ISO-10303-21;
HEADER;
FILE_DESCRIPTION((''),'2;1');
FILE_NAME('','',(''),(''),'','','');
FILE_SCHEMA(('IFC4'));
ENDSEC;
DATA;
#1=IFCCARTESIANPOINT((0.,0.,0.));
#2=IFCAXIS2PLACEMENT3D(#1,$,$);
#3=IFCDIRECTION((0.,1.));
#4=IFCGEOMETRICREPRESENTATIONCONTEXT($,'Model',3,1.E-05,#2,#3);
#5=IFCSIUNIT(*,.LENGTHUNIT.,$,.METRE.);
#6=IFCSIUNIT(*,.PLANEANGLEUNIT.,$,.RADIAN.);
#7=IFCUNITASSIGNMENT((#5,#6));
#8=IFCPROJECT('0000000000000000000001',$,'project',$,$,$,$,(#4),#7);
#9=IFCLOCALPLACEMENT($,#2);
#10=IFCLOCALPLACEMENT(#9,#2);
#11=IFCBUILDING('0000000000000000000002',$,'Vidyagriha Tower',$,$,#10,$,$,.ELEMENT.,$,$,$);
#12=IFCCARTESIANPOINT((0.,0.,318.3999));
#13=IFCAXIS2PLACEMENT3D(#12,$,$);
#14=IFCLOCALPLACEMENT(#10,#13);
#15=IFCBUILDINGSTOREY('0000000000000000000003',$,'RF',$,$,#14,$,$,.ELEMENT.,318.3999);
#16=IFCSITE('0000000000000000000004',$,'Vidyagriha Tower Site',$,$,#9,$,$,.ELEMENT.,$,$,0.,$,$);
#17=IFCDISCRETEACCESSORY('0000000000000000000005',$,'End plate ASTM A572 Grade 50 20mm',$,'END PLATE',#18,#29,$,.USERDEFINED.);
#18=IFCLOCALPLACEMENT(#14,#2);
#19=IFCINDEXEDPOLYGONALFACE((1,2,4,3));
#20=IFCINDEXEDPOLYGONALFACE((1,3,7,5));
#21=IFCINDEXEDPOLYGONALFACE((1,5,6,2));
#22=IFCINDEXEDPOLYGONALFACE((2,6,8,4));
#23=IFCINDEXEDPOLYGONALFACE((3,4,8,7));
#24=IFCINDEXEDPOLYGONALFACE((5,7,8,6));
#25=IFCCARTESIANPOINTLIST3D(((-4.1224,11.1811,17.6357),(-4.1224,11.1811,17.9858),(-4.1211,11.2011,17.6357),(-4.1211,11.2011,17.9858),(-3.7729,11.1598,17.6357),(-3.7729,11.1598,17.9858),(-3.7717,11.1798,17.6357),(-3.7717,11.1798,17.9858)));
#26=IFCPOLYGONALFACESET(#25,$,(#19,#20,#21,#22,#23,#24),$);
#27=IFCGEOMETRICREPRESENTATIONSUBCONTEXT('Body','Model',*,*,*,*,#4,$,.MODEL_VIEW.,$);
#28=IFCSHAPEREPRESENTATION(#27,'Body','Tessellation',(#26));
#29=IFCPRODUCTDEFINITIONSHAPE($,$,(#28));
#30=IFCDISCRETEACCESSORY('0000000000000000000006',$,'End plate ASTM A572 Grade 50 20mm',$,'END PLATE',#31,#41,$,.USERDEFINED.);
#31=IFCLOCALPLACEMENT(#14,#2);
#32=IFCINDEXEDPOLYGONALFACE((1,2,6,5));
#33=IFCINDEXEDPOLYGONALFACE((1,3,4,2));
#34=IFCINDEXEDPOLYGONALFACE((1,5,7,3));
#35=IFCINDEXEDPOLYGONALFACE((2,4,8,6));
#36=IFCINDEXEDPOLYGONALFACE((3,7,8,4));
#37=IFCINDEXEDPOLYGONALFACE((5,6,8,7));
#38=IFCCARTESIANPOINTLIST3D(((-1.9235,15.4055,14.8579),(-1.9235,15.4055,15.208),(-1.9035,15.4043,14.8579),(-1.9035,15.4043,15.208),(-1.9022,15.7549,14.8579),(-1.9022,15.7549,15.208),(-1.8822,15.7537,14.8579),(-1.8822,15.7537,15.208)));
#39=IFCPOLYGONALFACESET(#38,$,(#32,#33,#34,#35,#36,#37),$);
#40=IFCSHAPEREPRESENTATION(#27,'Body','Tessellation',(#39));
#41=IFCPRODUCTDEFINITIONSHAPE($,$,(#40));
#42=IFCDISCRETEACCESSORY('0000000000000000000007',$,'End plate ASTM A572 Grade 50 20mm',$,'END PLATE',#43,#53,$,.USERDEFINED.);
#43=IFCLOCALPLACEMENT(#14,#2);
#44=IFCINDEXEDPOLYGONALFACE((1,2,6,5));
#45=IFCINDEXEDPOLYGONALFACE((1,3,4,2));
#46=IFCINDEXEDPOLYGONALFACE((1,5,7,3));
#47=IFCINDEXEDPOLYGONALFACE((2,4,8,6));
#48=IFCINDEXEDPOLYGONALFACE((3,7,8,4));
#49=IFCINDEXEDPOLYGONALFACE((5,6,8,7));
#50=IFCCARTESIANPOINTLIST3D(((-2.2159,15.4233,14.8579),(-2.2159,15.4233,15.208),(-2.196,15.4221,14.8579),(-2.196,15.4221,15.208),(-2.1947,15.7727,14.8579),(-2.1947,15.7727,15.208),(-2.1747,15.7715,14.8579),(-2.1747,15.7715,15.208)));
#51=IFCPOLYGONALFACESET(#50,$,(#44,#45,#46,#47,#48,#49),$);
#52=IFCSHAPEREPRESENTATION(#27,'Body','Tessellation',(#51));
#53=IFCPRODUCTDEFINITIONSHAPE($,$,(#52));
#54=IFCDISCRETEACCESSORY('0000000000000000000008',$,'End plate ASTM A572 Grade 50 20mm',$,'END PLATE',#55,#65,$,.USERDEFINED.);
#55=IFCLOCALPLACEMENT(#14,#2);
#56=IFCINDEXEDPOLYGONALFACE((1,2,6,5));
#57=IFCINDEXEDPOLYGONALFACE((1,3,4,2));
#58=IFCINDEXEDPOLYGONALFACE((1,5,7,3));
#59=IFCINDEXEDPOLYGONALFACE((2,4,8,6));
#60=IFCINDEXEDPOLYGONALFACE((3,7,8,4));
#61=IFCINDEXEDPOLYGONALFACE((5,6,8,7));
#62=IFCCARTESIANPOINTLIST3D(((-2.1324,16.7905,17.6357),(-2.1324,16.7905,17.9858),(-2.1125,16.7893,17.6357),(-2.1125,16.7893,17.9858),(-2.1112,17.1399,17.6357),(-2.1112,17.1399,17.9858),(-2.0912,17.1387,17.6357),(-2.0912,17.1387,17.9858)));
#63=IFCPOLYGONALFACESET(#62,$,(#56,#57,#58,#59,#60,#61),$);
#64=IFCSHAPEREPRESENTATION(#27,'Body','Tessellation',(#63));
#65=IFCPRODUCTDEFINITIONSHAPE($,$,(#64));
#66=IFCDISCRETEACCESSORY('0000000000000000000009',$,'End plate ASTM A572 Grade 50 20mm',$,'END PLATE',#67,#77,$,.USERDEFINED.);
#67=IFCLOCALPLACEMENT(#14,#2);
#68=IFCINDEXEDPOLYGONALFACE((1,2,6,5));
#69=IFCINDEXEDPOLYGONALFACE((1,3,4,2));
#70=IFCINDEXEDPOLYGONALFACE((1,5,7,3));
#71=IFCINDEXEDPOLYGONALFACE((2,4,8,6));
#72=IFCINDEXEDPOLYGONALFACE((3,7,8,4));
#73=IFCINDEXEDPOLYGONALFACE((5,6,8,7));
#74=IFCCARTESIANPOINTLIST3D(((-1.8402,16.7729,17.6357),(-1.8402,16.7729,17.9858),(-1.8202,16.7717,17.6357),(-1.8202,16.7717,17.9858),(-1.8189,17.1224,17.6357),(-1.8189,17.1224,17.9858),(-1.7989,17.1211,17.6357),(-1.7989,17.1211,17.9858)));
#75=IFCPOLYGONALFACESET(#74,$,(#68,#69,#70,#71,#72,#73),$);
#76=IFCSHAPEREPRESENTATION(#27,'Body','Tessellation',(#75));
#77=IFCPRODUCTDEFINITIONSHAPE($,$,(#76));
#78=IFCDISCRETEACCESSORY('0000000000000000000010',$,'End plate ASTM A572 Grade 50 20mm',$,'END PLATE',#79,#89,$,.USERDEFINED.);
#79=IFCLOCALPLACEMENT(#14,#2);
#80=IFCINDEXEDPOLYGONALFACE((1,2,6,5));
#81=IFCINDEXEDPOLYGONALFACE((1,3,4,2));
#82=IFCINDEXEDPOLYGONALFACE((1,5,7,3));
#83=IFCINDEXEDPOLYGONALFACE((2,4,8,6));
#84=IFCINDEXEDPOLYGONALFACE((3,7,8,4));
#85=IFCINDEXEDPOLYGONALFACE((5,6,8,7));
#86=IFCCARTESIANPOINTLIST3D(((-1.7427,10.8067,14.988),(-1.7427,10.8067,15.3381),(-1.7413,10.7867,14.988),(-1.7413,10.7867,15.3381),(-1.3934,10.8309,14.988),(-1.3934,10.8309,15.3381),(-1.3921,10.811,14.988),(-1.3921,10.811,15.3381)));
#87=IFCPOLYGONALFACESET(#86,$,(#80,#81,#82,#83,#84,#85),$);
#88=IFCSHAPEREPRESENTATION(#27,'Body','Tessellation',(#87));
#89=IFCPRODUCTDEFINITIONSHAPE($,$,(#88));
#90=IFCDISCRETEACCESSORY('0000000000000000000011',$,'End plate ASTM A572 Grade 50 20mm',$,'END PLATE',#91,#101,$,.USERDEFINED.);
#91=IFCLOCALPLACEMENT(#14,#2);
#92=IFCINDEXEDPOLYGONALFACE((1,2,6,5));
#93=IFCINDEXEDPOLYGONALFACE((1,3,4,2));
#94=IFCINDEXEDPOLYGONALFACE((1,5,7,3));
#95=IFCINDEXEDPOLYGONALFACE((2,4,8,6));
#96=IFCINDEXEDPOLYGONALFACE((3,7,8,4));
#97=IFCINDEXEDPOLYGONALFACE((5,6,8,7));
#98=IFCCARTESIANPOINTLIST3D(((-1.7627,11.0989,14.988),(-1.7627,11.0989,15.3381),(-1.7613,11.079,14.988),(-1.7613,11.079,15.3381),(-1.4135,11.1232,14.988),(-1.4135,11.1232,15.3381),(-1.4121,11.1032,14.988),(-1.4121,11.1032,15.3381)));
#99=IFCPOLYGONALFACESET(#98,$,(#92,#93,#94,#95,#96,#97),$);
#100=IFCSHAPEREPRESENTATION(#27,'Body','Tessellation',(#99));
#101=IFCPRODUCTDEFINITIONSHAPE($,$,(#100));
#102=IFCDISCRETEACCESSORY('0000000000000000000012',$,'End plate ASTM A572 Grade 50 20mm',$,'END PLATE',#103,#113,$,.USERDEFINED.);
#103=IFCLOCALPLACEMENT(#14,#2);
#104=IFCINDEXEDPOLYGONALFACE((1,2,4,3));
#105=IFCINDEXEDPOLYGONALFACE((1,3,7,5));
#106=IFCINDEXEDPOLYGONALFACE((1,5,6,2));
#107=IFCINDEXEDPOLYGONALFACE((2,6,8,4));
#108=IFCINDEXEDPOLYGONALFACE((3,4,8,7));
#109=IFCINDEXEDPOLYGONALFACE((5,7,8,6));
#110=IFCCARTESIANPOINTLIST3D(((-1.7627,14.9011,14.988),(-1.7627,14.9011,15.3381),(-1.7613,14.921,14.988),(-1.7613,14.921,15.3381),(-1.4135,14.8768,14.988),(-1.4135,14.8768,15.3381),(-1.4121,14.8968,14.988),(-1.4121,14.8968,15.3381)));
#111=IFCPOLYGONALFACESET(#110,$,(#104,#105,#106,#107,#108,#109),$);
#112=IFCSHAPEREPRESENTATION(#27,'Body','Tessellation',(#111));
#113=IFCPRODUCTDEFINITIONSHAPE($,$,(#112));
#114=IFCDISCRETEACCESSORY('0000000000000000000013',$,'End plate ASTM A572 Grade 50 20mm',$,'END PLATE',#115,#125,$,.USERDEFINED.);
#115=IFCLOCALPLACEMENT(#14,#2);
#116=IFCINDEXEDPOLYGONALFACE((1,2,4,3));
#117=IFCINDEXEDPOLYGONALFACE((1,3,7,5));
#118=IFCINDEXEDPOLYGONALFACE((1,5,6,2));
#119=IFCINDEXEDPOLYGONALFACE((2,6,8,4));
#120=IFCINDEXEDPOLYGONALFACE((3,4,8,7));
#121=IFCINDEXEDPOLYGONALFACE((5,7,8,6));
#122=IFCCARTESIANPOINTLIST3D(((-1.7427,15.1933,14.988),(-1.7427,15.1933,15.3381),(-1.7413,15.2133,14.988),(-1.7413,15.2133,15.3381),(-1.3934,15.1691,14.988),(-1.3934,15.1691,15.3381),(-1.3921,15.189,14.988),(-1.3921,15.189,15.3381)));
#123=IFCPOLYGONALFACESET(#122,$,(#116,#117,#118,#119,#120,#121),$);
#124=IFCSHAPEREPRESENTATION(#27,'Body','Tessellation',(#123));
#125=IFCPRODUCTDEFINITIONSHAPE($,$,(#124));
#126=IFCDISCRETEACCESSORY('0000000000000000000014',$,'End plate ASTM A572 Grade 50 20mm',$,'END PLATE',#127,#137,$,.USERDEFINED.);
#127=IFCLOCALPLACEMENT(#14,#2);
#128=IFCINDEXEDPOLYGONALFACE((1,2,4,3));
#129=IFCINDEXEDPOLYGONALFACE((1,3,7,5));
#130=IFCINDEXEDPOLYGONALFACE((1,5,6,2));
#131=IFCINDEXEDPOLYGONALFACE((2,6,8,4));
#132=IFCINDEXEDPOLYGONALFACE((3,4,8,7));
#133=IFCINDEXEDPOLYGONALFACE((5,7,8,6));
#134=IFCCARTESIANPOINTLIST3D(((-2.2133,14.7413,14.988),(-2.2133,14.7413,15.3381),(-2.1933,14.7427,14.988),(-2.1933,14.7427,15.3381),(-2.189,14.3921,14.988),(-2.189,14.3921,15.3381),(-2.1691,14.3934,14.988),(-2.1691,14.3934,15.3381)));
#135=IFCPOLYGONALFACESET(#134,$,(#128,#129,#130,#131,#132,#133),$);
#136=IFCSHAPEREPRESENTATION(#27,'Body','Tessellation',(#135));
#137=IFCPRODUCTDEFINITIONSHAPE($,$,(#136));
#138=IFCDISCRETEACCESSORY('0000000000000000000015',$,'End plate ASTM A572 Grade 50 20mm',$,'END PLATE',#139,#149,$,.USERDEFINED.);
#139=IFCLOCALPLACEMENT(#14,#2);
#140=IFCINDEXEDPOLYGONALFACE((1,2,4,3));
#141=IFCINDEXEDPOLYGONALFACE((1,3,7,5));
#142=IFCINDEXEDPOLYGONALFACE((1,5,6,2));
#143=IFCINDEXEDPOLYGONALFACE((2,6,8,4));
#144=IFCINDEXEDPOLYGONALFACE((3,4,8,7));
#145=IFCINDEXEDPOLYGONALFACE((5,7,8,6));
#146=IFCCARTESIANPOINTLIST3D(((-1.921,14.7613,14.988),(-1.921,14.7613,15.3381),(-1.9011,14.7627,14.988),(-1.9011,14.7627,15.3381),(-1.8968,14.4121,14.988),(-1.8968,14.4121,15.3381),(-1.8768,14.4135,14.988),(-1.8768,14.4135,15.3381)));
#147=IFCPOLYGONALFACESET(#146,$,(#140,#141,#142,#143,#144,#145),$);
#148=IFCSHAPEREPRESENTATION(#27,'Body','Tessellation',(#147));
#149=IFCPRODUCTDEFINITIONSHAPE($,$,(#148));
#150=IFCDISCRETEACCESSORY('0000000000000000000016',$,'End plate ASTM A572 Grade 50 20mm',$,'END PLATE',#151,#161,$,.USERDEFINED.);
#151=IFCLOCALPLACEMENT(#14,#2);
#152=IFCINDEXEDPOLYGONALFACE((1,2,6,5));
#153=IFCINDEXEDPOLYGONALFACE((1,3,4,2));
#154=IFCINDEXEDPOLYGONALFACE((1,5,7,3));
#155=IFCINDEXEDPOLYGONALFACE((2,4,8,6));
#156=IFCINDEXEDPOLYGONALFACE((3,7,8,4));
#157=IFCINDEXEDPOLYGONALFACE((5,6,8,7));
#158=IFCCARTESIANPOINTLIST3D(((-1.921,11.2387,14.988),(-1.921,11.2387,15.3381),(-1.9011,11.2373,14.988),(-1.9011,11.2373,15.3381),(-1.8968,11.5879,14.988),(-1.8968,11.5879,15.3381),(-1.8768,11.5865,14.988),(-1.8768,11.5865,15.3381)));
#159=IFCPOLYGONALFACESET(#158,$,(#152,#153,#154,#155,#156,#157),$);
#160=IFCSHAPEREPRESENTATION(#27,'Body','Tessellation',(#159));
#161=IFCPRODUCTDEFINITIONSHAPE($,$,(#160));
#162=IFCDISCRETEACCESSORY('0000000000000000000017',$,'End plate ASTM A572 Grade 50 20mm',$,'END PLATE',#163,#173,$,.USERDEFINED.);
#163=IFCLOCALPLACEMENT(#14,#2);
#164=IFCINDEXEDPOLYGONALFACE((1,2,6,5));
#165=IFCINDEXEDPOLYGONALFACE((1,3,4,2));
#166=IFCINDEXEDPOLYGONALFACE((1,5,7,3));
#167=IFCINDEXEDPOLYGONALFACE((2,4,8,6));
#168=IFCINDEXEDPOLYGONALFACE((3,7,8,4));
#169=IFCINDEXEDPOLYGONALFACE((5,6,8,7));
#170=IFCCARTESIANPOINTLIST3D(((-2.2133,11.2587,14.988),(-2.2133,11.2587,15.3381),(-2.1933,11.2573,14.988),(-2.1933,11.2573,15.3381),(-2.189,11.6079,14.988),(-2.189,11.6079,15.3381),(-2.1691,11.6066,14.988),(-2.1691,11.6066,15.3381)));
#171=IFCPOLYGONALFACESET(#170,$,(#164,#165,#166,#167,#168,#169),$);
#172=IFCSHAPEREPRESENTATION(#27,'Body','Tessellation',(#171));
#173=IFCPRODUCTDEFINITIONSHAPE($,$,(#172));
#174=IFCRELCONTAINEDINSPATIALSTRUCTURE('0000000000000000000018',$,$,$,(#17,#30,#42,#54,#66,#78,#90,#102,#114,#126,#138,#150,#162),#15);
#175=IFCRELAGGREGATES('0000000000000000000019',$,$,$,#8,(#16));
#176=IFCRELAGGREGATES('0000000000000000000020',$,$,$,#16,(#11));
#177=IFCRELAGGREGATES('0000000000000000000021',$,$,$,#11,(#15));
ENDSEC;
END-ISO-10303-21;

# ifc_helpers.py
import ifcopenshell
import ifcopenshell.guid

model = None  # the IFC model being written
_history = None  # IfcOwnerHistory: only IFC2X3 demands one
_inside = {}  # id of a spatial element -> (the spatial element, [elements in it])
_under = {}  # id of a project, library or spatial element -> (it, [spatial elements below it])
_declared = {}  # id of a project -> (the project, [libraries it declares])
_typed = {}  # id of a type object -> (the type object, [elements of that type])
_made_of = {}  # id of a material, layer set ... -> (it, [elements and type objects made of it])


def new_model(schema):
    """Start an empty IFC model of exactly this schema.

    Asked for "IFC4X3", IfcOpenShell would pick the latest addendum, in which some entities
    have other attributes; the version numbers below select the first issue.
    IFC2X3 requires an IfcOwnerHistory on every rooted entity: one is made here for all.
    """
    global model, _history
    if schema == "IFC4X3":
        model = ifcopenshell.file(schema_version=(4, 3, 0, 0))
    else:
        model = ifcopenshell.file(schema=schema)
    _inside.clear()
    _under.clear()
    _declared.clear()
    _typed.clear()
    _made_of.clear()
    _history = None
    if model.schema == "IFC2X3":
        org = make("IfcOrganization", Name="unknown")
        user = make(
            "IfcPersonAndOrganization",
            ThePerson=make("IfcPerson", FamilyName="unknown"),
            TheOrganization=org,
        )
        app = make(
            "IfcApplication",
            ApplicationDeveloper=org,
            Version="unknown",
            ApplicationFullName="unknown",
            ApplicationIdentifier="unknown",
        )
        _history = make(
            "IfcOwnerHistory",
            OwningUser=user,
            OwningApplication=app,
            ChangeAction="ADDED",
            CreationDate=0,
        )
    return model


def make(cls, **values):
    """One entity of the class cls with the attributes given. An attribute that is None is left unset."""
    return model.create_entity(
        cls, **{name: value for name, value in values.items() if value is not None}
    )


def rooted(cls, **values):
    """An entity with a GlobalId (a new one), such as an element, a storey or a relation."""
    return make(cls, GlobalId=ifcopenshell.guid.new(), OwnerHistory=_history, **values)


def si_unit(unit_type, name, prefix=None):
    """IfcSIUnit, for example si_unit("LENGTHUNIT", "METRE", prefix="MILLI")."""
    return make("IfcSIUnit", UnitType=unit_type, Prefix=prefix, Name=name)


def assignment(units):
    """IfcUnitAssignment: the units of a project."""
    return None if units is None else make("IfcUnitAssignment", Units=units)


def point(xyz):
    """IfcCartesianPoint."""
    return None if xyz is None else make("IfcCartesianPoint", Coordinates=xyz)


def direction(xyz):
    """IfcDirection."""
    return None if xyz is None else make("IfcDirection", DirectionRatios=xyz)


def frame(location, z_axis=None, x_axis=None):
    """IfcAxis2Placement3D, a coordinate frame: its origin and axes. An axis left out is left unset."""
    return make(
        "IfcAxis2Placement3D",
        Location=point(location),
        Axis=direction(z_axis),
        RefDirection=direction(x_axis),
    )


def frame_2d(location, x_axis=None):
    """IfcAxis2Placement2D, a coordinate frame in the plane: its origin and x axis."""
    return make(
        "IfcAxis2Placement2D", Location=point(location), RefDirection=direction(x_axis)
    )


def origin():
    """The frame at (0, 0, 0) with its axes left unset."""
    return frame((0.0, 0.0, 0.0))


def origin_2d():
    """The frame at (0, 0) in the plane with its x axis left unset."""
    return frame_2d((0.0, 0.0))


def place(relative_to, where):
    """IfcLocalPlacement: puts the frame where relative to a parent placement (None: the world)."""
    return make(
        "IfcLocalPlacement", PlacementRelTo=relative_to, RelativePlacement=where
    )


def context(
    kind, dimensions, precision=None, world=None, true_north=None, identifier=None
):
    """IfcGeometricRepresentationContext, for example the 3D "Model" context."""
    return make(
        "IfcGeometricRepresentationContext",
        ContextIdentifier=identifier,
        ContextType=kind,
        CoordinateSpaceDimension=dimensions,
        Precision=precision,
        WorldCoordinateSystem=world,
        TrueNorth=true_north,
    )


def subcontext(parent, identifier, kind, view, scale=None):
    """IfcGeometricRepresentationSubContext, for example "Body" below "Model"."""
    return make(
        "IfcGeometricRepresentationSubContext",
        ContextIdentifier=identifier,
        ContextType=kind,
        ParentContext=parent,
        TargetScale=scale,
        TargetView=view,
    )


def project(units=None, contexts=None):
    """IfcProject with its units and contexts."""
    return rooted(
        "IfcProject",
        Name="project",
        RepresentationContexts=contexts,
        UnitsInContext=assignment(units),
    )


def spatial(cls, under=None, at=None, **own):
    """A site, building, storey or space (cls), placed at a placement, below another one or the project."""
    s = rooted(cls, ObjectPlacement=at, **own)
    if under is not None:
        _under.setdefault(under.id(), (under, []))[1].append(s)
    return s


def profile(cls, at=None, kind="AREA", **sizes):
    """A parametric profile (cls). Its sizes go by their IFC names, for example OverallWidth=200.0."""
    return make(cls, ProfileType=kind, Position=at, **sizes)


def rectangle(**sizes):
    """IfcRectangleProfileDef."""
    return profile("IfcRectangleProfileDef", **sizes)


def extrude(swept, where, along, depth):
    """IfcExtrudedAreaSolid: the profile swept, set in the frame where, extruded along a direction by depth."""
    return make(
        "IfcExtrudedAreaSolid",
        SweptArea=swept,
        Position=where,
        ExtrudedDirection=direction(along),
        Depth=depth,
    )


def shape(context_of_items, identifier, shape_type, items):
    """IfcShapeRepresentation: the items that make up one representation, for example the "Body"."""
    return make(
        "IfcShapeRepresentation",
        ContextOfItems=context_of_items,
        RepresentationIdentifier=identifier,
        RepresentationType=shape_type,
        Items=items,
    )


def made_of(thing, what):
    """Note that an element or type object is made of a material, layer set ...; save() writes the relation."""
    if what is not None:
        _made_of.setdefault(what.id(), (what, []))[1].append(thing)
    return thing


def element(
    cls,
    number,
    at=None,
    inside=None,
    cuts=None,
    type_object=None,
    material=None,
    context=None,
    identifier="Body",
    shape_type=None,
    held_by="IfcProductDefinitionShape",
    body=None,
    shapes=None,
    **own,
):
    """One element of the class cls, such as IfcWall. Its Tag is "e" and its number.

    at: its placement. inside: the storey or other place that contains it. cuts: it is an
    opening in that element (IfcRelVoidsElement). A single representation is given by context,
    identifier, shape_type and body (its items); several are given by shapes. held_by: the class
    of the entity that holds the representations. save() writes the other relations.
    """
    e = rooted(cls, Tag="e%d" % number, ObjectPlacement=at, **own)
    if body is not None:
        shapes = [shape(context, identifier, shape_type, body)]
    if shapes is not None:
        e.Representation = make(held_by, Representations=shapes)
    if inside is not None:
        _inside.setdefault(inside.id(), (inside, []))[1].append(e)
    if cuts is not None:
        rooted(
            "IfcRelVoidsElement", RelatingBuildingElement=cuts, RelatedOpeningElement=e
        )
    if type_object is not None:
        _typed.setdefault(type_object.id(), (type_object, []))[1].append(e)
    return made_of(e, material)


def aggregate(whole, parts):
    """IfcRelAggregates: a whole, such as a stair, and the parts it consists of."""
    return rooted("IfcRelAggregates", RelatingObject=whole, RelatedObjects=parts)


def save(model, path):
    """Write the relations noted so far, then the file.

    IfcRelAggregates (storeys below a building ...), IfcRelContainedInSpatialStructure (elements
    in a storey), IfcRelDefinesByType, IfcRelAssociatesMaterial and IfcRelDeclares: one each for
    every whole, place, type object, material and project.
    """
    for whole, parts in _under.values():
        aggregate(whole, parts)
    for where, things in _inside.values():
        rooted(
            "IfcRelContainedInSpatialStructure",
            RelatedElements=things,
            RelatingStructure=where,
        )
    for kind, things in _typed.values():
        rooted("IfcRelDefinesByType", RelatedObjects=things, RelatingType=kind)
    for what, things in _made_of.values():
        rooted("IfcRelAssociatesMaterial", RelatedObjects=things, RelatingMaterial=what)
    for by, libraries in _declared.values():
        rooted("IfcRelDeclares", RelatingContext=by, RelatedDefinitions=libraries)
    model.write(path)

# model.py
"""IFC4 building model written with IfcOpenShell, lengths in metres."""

from ifc_helpers import new_model, si_unit, direction, frame, origin, origin_2d, place, context, subcontext, project, spatial, rectangle, extrude, element, save


model = new_model("IFC4")

# Units and contexts
model_context = context("Model", 3, precision=1e-05, world=origin(), true_north=direction((0.0, 1.0)))
body_context = subcontext(model_context, "Body", "Model", "MODEL_VIEW")
ifc_project = project(units=[si_unit("LENGTHUNIT", "METRE"), si_unit("PLANEANGLEUNIT", "RADIAN")], contexts=[model_context])

# Site, building, storey
site_placement = place(None, origin())
site = spatial("IfcSite", under=ifc_project, at=site_placement, Name="Vidyagriha Tower Site", CompositionType="ELEMENT", RefElevation=0.0)
building_placement = place(site_placement, origin())
building = spatial("IfcBuilding", under=site, at=building_placement, Name="Vidyagriha Tower", CompositionType="ELEMENT")
storey_placement = place(building_placement, frame((0.0, 0.0, 318.3999)))
storey = spatial("IfcBuildingStorey", under=building, at=storey_placement, Name="RF", CompositionType="ELEMENT", Elevation=318.3999)

# Discrete accessories
for number, where, z_axis, x_axis, name in (
    (1, (-3.947, 11.1804, 17.6357), (0.0, 0.0, 1.0), (-0.99815, 0.060794, 0.0), "End plate ASTM A572 Grade 50 20mm"),
    (2, (-1.9028, 15.5796, 14.8579), (0.0, 0.0, 1.0), (-0.060794, -0.99815, 0.0), "End plate ASTM A572 Grade 50 20mm"),
    (3, (-2.1953, 15.5974, 14.8579), (0.0, 0.0, 1.0), (-0.060794, -0.99815, 0.0), "End plate ASTM A572 Grade 50 20mm"),
    (4, (-2.1118, 16.9646, 17.6357), (0.0, 0.0, 1.0), (0.060794, 0.99815, 0.0), "End plate ASTM A572 Grade 50 20mm"),
    (5, (-1.8196, 16.947, 17.6357), (0.0, 0.0, 1.0), (0.060794, 0.99815, 0.0), "End plate ASTM A572 Grade 50 20mm"),
    (6, (-1.5674, 10.8088, 14.988), (0.0, 0.0, 1.0), (-0.997601, -0.06922, 0.0), "End plate ASTM A572 Grade 50 20mm"),
    (7, (-1.5874, 11.1011, 14.988), (0.0, 0.0, 1.0), (-0.997601, -0.06922, 0.0), "End plate ASTM A572 Grade 50 20mm"),
    (8, (-1.5874, 14.8989, 14.988), (0.0, 0.0, 1.0), (-0.9976, 0.069245, 0.0), "End plate ASTM A572 Grade 50 20mm"),
    (9, (-1.5674, 15.1912, 14.988), (0.0, 0.0, 1.0), (-0.9976, 0.069245, 0.0), "End plate ASTM A572 Grade 50 20mm"),
    (10, (-2.1912, 14.5674, 14.988), (0.0, 0.0, 1.0), (-0.06922, 0.997601, 0.0), "End plate ASTM A572 Grade 50 20mm"),
    (11, (-1.8989, 14.5874, 14.988), (0.0, 0.0, 1.0), (-0.06922, 0.997601, 0.0), "End plate ASTM A572 Grade 50 20mm"),
    (12, (-1.8989, 11.4126, 14.988), (0.0, 0.0, 1.0), (-0.069245, -0.9976, 0.0), "End plate ASTM A572 Grade 50 20mm"),
    (13, (-2.1912, 11.4326, 14.988), (0.0, 0.0, 1.0), (-0.069245, -0.9976, 0.0), "End plate ASTM A572 Grade 50 20mm"),
):
    element("IfcDiscreteAccessory", number, at=place(storey_placement, frame(where, z_axis=z_axis, x_axis=x_axis)), inside=storey, Name=name, ObjectType="END PLATE", PredefinedType="USERDEFINED", context=body_context, shape_type="SweptSolid", body=[
        extrude(rectangle(XDim=0.3501, YDim=0.02, at=origin_2d()), origin(), (0.0, 0.0, 1.0), 0.3501),
    ])

save(model, "model.ifc")
